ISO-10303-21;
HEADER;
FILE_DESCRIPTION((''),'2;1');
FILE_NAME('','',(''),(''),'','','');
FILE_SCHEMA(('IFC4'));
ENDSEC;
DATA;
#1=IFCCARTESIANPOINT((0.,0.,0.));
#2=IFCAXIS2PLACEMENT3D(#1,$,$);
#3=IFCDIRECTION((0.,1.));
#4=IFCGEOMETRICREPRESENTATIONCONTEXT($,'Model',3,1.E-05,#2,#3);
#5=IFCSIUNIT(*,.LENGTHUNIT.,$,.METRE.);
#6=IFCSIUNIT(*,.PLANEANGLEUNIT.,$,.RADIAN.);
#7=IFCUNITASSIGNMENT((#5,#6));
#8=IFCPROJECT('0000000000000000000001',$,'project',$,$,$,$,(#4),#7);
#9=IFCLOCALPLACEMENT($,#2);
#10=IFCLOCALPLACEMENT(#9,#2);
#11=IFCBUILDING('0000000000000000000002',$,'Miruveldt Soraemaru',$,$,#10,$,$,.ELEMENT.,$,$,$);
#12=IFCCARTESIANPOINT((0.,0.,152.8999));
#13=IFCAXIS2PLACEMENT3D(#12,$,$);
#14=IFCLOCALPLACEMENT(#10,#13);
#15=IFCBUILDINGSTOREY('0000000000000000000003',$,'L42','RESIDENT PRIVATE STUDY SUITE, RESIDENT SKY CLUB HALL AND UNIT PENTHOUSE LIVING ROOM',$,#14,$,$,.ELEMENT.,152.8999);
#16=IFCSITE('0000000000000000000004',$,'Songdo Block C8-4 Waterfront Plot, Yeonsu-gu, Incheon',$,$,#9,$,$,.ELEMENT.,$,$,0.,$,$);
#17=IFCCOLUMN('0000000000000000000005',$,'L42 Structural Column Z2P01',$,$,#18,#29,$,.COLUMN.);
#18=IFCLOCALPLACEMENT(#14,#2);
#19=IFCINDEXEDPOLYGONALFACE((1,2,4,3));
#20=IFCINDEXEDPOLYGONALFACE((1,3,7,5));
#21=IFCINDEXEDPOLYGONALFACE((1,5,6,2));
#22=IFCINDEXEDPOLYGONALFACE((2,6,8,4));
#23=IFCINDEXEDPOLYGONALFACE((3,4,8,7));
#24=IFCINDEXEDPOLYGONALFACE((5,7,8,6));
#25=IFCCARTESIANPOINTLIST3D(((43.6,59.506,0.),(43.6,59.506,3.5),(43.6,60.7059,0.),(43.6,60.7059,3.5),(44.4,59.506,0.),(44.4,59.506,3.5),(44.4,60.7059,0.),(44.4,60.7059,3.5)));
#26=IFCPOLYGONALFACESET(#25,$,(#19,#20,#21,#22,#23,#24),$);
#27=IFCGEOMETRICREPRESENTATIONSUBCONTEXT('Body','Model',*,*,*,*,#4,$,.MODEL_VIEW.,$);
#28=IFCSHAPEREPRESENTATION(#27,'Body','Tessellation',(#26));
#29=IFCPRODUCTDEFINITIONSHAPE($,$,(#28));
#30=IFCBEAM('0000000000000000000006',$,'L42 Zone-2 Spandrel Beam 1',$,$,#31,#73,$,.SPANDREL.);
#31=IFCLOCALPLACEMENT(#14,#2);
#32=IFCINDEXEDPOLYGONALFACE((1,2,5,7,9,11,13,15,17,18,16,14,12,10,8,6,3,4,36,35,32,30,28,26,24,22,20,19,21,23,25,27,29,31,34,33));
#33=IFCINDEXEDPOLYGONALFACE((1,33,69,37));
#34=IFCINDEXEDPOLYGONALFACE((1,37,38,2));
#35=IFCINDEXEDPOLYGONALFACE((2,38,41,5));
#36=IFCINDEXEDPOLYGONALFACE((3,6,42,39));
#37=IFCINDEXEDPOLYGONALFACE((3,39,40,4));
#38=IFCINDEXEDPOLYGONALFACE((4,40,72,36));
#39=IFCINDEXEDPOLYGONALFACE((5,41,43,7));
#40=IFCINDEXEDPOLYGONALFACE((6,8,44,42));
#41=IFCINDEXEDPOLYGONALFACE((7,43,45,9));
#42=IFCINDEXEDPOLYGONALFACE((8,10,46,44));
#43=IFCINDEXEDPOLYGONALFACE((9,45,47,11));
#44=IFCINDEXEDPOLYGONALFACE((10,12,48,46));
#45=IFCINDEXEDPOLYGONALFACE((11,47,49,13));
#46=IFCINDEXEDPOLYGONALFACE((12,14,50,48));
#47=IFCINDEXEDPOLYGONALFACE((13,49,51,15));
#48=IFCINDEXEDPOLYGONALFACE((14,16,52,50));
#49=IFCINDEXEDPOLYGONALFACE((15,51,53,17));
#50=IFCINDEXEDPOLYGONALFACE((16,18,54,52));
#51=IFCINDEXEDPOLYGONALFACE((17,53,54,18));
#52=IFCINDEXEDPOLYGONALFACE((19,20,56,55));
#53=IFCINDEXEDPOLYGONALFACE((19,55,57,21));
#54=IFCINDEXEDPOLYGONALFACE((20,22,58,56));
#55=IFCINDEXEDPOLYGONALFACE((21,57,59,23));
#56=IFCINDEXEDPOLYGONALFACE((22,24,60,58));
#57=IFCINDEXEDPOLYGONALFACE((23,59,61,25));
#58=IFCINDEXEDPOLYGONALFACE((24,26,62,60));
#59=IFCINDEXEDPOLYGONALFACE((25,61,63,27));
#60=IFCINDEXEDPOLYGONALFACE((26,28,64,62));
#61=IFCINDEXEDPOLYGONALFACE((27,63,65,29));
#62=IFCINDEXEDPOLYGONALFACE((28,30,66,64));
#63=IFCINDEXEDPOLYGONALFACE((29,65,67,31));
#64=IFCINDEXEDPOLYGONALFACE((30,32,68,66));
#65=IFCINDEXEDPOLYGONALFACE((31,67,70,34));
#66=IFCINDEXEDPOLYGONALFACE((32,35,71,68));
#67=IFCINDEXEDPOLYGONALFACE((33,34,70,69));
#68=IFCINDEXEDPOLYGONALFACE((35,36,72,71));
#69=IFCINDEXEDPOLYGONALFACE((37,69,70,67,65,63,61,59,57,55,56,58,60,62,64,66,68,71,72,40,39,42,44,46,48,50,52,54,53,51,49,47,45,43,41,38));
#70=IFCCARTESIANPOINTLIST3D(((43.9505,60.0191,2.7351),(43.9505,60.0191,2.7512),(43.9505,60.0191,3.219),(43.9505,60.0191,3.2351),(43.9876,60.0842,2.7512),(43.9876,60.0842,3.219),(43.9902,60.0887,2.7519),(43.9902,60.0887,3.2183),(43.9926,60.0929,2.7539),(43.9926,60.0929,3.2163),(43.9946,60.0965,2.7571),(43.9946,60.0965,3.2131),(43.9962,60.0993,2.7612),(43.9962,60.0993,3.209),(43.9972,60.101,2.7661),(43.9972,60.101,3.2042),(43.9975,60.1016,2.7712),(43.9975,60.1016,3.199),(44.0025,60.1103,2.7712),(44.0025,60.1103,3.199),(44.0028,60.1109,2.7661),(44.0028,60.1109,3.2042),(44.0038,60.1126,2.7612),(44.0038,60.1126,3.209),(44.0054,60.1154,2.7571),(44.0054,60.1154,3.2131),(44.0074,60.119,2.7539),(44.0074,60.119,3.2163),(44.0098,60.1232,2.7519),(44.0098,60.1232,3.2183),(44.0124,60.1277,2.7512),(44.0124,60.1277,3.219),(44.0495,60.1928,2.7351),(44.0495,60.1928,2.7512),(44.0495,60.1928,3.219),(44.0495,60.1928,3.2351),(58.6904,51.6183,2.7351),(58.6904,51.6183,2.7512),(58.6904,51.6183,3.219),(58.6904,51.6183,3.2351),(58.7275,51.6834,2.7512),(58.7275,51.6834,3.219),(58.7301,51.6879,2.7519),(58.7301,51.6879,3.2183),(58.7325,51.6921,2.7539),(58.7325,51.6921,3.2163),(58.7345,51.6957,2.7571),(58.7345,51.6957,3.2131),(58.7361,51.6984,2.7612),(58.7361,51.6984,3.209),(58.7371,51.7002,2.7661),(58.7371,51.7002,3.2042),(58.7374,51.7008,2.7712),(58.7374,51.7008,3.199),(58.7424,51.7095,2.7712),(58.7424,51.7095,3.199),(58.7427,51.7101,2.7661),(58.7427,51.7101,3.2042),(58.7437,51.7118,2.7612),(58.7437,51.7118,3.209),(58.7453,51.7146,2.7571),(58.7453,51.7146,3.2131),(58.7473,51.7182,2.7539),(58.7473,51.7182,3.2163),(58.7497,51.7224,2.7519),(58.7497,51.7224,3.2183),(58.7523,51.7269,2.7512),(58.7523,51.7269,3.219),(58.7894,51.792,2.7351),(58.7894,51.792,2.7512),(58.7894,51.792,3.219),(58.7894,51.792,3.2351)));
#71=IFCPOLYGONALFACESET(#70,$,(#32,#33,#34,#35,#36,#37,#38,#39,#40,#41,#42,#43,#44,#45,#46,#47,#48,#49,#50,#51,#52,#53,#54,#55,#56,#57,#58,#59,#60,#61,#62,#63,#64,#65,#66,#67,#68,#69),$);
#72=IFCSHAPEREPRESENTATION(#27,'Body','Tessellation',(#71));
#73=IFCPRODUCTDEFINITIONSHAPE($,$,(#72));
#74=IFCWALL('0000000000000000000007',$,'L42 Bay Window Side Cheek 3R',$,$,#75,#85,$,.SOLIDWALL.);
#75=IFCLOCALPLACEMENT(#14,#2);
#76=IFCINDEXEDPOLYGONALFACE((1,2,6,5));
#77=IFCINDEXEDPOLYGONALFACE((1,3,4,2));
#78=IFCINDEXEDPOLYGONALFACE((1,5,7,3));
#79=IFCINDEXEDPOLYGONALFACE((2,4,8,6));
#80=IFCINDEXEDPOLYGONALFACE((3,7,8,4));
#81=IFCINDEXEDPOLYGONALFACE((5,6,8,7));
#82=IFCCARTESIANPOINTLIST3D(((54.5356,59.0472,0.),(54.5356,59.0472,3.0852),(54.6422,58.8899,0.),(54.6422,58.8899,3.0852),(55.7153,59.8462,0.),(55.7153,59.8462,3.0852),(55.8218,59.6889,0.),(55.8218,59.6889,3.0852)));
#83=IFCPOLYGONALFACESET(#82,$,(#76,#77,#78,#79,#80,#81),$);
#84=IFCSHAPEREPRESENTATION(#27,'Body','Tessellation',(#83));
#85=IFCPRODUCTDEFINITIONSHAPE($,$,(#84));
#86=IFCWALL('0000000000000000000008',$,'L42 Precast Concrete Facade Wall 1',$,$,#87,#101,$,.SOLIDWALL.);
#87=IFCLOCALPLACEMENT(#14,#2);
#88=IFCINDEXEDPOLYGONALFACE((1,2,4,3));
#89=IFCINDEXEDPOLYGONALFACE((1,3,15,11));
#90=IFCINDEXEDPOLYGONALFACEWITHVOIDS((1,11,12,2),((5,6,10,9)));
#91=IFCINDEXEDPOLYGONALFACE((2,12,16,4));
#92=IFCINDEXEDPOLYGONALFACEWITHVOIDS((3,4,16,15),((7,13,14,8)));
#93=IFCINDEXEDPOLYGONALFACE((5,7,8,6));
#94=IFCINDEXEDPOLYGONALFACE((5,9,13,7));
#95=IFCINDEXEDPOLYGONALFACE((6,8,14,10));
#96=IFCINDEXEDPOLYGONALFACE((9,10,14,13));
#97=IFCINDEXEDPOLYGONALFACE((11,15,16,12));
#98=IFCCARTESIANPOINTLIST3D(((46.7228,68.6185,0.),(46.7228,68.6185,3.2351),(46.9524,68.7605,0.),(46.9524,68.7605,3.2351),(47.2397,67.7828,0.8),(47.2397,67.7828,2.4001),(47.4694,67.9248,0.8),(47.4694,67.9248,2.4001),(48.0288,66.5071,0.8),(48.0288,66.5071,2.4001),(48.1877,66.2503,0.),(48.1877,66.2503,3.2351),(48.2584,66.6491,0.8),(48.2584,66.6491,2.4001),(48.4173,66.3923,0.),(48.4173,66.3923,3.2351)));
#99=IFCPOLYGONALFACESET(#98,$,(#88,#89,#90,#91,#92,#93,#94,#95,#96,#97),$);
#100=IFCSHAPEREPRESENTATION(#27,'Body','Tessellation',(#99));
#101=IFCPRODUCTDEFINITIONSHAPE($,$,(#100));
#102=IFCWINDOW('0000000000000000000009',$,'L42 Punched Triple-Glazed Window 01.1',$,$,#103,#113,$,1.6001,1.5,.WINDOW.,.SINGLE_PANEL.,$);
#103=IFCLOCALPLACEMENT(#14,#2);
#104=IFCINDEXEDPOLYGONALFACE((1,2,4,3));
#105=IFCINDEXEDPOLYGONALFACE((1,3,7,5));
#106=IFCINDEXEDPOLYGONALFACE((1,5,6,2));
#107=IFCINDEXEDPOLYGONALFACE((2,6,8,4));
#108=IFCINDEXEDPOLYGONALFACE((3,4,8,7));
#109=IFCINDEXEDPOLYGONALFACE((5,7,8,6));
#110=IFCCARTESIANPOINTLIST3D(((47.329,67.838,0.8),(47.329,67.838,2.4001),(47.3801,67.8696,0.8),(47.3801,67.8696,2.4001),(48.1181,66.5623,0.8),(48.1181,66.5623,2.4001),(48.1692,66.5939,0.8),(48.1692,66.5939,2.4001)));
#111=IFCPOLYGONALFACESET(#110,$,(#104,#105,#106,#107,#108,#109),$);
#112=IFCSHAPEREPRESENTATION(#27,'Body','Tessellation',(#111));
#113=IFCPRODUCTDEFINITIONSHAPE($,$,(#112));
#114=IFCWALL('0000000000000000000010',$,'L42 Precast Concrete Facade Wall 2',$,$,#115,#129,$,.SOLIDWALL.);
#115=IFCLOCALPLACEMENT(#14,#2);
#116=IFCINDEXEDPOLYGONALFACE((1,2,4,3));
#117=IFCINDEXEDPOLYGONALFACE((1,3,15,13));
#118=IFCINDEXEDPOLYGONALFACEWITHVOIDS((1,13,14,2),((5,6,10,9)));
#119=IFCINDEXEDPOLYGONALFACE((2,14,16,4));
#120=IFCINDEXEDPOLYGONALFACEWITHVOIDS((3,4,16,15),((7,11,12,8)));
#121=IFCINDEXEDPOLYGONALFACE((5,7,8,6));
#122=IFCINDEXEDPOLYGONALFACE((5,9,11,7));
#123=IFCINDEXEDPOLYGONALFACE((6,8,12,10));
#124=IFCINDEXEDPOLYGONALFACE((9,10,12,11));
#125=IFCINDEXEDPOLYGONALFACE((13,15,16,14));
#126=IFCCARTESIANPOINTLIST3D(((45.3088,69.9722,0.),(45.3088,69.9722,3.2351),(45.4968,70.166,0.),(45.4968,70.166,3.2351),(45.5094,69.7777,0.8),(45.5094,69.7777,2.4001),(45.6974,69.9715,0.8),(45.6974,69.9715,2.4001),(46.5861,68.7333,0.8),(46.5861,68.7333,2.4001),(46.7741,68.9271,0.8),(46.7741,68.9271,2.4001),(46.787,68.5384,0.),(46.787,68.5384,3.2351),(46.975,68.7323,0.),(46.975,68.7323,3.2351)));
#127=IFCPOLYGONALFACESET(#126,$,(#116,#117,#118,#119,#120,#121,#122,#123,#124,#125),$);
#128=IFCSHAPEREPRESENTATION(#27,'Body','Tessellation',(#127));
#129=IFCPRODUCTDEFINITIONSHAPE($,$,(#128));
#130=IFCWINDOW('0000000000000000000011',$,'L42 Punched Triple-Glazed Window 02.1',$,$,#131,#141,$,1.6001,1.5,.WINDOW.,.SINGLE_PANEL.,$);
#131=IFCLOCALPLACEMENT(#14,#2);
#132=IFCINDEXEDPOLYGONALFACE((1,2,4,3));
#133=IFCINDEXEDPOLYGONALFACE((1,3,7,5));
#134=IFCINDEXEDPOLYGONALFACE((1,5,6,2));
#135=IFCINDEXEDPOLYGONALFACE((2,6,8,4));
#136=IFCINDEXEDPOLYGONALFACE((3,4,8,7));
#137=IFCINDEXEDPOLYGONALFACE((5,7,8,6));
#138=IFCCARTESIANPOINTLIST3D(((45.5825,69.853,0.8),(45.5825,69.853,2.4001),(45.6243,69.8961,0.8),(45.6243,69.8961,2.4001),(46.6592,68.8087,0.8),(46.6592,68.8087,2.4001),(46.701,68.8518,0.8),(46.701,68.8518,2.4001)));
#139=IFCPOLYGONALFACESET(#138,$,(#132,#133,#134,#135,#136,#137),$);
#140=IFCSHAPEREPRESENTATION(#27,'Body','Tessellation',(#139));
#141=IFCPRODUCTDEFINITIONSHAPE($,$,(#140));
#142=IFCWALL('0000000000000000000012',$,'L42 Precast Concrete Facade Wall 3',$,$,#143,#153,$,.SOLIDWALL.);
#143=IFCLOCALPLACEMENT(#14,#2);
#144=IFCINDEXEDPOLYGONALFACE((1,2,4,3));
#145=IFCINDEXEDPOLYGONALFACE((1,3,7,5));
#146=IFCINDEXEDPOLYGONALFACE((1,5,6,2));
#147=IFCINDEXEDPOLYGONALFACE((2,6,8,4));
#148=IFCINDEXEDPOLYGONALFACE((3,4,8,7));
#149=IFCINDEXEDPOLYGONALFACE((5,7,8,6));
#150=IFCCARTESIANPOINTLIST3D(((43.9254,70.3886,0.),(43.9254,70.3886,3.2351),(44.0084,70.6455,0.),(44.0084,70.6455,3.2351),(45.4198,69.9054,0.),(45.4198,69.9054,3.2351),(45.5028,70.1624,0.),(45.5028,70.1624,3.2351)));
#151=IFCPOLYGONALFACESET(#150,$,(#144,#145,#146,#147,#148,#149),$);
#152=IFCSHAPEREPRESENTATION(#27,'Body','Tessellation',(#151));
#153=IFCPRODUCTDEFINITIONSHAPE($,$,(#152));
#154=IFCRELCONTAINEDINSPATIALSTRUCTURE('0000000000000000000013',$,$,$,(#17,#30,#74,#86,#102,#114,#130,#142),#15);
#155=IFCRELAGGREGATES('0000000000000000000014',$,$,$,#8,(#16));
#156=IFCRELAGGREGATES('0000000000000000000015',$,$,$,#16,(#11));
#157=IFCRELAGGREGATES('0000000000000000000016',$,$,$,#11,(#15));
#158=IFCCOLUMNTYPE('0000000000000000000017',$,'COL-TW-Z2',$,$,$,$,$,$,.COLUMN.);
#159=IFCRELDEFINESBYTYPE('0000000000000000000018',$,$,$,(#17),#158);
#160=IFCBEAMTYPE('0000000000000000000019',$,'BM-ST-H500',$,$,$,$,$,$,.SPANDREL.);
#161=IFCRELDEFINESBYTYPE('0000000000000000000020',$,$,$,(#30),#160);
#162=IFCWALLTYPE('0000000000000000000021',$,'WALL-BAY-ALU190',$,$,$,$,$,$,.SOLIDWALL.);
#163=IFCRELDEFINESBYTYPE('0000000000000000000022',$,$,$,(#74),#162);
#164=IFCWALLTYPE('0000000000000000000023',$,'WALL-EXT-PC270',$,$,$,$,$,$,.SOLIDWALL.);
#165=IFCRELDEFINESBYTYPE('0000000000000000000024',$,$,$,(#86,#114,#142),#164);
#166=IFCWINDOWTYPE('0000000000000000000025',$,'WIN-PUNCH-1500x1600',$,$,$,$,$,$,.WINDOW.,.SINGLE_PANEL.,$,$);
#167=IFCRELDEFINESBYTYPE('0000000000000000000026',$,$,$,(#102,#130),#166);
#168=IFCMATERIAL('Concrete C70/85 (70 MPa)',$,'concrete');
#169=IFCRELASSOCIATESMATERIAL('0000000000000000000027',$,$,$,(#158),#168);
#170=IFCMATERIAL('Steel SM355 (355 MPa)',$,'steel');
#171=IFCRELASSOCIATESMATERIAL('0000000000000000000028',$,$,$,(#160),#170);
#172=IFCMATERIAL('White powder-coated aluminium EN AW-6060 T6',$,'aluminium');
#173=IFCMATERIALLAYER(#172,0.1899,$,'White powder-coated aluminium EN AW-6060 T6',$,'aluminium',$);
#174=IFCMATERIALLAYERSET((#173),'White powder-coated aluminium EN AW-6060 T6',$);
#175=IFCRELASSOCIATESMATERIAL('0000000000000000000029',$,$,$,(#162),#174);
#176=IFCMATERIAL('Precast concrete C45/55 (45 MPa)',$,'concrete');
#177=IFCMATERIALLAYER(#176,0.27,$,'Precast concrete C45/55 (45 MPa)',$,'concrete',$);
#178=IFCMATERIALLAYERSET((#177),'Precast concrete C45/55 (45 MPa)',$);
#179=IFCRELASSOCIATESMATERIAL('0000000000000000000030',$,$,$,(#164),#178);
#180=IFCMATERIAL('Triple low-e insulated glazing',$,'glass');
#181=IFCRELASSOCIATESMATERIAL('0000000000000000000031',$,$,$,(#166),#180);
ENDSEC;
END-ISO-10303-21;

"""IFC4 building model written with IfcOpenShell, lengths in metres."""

from ifc_helpers import new_model, si_unit, direction, frame, frame_2d, origin, origin_2d, place, context, subcontext, project, spatial, rectangle, i_section, extrude, material, layer, layer_set, material_profile, profile_set, type_object, element, fill, save


model = new_model("IFC4")

# Units and contexts
model_context = context("Model", 3, precision=1e-05, world=origin(), true_north=direction((0.0, 1.0)))
body_context = subcontext(model_context, "Body", "Model", "MODEL_VIEW")
ifc_project = project(units=[si_unit("LENGTHUNIT", "METRE"), si_unit("PLANEANGLEUNIT", "RADIAN")], contexts=[model_context])

# Site, building, storey
site_placement = place(None, origin())
site = spatial("IfcSite", under=ifc_project, at=site_placement, Name="Songdo Block C8-4 Waterfront Plot, Yeonsu-gu, Incheon", CompositionType="ELEMENT", RefElevation=0.0)
building_placement = place(site_placement, origin())
building = spatial("IfcBuilding", under=site, at=building_placement, Name="Miruveldt Soraemaru", CompositionType="ELEMENT")
storey_placement = place(building_placement, frame((0.0, 0.0, 152.8999)))
storey = spatial("IfcBuildingStorey", under=building, at=storey_placement, Name="L42", Description="RESIDENT PRIVATE STUDY SUITE, RESIDENT SKY CLUB HALL AND UNIT PENTHOUSE LIVING ROOM", CompositionType="ELEMENT", Elevation=152.8999)

# Column
ifc_material_1 = material(Name="Concrete C70/85 (70 MPa)", Category="concrete")
ifc_material_profile_1 = material_profile(ifc_material_1, rectangle(XDim=1.2, YDim=0.8, at=origin_2d()), Name="Concrete C70/85 (70 MPa)", Category="concrete")
ifc_profile_set_1 = profile_set([ifc_material_profile_1], Name="Concrete C70/85 (70 MPa)")
column_type = type_object("IfcColumnType", Name="COL-TW-Z2", PredefinedType="COLUMN", material=ifc_profile_set_1)
column_placement = place(storey_placement, frame((44.0, 60.106, 0.0), z_axis=(0.0, 0.0, 1.0), x_axis=(0.0, 1.0, 0.0)))
element("IfcColumn", 1, at=column_placement, inside=storey, type_object=column_type, Name="L42 Structural Column Z2P01", PredefinedType="COLUMN", context=body_context, shape_type="SweptSolid", body=[
    extrude(rectangle(XDim=1.2, YDim=0.8, at=origin_2d()), origin(), (0.0, 0.0, 1.0), 3.5),
])

# Beam
ifc_material_2 = material(Name="Steel SM355 (355 MPa)", Category="steel")
ifc_material_profile_2 = material_profile(ifc_material_2, i_section(OverallWidth=0.2, OverallDepth=0.5, WebThickness=0.01, FlangeThickness=0.0161, FilletRadius=0.02, at=origin_2d()), Name="Steel SM355 (355 MPa)", Category="steel")
ifc_profile_set_2 = profile_set([ifc_material_profile_2], Name="Steel SM355 (355 MPa)")
beam_type = type_object("IfcBeamType", Name="BM-ST-H500", PredefinedType="SPANDREL", material=ifc_profile_set_2)
beam_placement = place(storey_placement, frame((44.0, 60.106, 2.9851), z_axis=(0.8688, -0.495162, 0.0), x_axis=(0.495162, 0.8688, 0.0)))
element("IfcBeam", 2, at=beam_placement, inside=storey, type_object=beam_type, Name="L42 Zone-2 Spandrel Beam 1", PredefinedType="SPANDREL", context=body_context, shape_type="SweptSolid", body=[
    extrude(i_section(OverallWidth=0.2, OverallDepth=0.5, WebThickness=0.01, FlangeThickness=0.0161, FilletRadius=0.02, at=origin_2d()), origin(), (0.0, 0.0, 1.0), 16.9658),
])

# Wall
ifc_material_3 = material(Name="White powder-coated aluminium EN AW-6060 T6", Category="aluminium")
ifc_layer_1 = layer(ifc_material_3, 0.1899, Name="White powder-coated aluminium EN AW-6060 T6", Category="aluminium")
ifc_layer_set_1 = layer_set([ifc_layer_1], Name="White powder-coated aluminium EN AW-6060 T6")
wall_type_1 = type_object("IfcWallType", Name="WALL-BAY-ALU190", PredefinedType="SOLIDWALL", material=ifc_layer_set_1)
wall_1_placement = place(storey_placement, frame((55.7686, 59.7676, 0.0), z_axis=(0.0, 0.0, 1.0), x_axis=(-0.827942, -0.560814, 0.0)))
element("IfcWall", 3, at=wall_1_placement, inside=storey, type_object=wall_type_1, Name="L42 Bay Window Side Cheek 3R", PredefinedType="SOLIDWALL", context=body_context, shape_type="SweptSolid", body=[
    extrude(rectangle(XDim=1.4248, YDim=0.1899, at=frame_2d((0.7124, 0.0))), origin(), (0.0, 0.0, 1.0), 3.0852),
])

# Walls, openings, windows
ifc_material_4 = material(Name="Precast concrete C45/55 (45 MPa)", Category="concrete")
ifc_layer_2 = layer(ifc_material_4, 0.27, Name="Precast concrete C45/55 (45 MPa)", Category="concrete")
ifc_layer_set_2 = layer_set([ifc_layer_2], Name="Precast concrete C45/55 (45 MPa)")
wall_type_2 = type_object("IfcWallType", Name="WALL-EXT-PC270", PredefinedType="SOLIDWALL", material=ifc_layer_set_2)
wall_2_placement = place(storey_placement, frame((48.3025, 66.3213, 0.0), z_axis=(0.0, 0.0, 1.0), x_axis=(-0.526053, 0.850452, 0.0)))
wall_2 = element("IfcWall", 4, at=wall_2_placement, inside=storey, type_object=wall_type_2, Name="L42 Precast Concrete Facade Wall 1", PredefinedType="SOLIDWALL", context=body_context, shape_type="SweptSolid", body=[
    extrude(rectangle(XDim=2.7847, YDim=0.27, at=frame_2d((1.3923, 0.0))), origin(), (0.0, 0.0, 1.0), 3.2351),
])
opening_1_placement = place(wall_2_placement, frame((0.302, 0.0, 0.8)))
opening_1 = element("IfcOpeningElement", 5, at=opening_1_placement, cuts=wall_2, PredefinedType="OPENING", context=body_context, shape_type="SweptSolid", body=[
    extrude(rectangle(XDim=1.5, YDim=1.6001, at=frame_2d((0.75, 0.8))), frame((0.0, 0.145, 0.0), z_axis=(0.0, -1.0, 0.0), x_axis=(1.0, 0.0, 0.0)), (0.0, 0.0, 1.0), 0.29),
])
ifc_material_5 = material(Name="Triple low-e insulated glazing", Category="glass")
window_type_1 = type_object("IfcWindowType", Name="WIN-PUNCH-1500x1600", PartitioningType="SINGLE_PANEL", PredefinedType="WINDOW", material=ifc_material_5)
window_1_placement = place(opening_1_placement, origin())
window_1 = element("IfcWindow", 6, at=window_1_placement, inside=storey, type_object=window_type_1, Name="L42 Punched Triple-Glazed Window 01.1", OverallHeight=1.6001, OverallWidth=1.5, PartitioningType="SINGLE_PANEL", PredefinedType="WINDOW", context=body_context, shape_type="SweptSolid", body=[
    extrude(rectangle(XDim=1.5, YDim=1.6001, at=frame_2d((0.75, 0.8))), frame((0.0, 0.03, 0.0), z_axis=(0.0, -1.0, 0.0), x_axis=(1.0, 0.0, 0.0)), (0.0, 0.0, 1.0), 0.0601),
])
fill(opening_1, window_1)
wall_3_placement = place(storey_placement, frame((46.8811, 68.6353, 0.0), z_axis=(0.0, 0.0, 1.0), x_axis=(-0.717812, 0.696237, 0.0)))
wall_3 = element("IfcWall", 7, at=wall_3_placement, inside=storey, type_object=wall_type_2, Name="L42 Precast Concrete Facade Wall 2", PredefinedType="SOLIDWALL", context=body_context, shape_type="SweptSolid", body=[
    extrude(rectangle(XDim=2.0593, YDim=0.27, at=frame_2d((1.0298, 0.0))), origin(), (0.0, 0.0, 1.0), 3.2351),
])
opening_2_placement = place(wall_3_placement, frame((0.28, 0.0, 0.8)))
opening_2 = element("IfcOpeningElement", 8, at=opening_2_placement, cuts=wall_3, PredefinedType="OPENING", context=body_context, shape_type="SweptSolid", body=[
    extrude(rectangle(XDim=1.5, YDim=1.6001, at=frame_2d((0.75, 0.8))), frame((0.0, 0.145, 0.0), z_axis=(0.0, -1.0, 0.0), x_axis=(1.0, 0.0, 0.0)), (0.0, 0.0, 1.0), 0.29),
])
window_2_placement = place(opening_2_placement, origin())
window_2 = element("IfcWindow", 9, at=window_2_placement, inside=storey, type_object=window_type_1, Name="L42 Punched Triple-Glazed Window 02.1", OverallHeight=1.6001, OverallWidth=1.5, PartitioningType="SINGLE_PANEL", PredefinedType="WINDOW", context=body_context, shape_type="SweptSolid", body=[
    extrude(rectangle(XDim=1.5, YDim=1.6001, at=frame_2d((0.75, 0.8))), frame((0.0, 0.03, 0.0), z_axis=(0.0, -1.0, 0.0), x_axis=(1.0, 0.0, 0.0)), (0.0, 0.0, 1.0), 0.0601),
])
fill(opening_2, window_2)

# Wall
wall_4_placement = place(storey_placement, frame((45.4612, 70.0339, 0.0), z_axis=(0.0, 0.0, 1.0), x_axis=(-0.951505, 0.307634, 0.0)))
element("IfcWall", 10, at=wall_4_placement, inside=storey, type_object=wall_type_2, Name="L42 Precast Concrete Facade Wall 3", PredefinedType="SOLIDWALL", context=body_context, shape_type="SweptSolid", body=[
    extrude(rectangle(XDim=1.5706, YDim=0.27, at=frame_2d((0.7852, 0.0))), origin(), (0.0, 0.0, 1.0), 3.2351),
])

save(model, "model.ifc")
